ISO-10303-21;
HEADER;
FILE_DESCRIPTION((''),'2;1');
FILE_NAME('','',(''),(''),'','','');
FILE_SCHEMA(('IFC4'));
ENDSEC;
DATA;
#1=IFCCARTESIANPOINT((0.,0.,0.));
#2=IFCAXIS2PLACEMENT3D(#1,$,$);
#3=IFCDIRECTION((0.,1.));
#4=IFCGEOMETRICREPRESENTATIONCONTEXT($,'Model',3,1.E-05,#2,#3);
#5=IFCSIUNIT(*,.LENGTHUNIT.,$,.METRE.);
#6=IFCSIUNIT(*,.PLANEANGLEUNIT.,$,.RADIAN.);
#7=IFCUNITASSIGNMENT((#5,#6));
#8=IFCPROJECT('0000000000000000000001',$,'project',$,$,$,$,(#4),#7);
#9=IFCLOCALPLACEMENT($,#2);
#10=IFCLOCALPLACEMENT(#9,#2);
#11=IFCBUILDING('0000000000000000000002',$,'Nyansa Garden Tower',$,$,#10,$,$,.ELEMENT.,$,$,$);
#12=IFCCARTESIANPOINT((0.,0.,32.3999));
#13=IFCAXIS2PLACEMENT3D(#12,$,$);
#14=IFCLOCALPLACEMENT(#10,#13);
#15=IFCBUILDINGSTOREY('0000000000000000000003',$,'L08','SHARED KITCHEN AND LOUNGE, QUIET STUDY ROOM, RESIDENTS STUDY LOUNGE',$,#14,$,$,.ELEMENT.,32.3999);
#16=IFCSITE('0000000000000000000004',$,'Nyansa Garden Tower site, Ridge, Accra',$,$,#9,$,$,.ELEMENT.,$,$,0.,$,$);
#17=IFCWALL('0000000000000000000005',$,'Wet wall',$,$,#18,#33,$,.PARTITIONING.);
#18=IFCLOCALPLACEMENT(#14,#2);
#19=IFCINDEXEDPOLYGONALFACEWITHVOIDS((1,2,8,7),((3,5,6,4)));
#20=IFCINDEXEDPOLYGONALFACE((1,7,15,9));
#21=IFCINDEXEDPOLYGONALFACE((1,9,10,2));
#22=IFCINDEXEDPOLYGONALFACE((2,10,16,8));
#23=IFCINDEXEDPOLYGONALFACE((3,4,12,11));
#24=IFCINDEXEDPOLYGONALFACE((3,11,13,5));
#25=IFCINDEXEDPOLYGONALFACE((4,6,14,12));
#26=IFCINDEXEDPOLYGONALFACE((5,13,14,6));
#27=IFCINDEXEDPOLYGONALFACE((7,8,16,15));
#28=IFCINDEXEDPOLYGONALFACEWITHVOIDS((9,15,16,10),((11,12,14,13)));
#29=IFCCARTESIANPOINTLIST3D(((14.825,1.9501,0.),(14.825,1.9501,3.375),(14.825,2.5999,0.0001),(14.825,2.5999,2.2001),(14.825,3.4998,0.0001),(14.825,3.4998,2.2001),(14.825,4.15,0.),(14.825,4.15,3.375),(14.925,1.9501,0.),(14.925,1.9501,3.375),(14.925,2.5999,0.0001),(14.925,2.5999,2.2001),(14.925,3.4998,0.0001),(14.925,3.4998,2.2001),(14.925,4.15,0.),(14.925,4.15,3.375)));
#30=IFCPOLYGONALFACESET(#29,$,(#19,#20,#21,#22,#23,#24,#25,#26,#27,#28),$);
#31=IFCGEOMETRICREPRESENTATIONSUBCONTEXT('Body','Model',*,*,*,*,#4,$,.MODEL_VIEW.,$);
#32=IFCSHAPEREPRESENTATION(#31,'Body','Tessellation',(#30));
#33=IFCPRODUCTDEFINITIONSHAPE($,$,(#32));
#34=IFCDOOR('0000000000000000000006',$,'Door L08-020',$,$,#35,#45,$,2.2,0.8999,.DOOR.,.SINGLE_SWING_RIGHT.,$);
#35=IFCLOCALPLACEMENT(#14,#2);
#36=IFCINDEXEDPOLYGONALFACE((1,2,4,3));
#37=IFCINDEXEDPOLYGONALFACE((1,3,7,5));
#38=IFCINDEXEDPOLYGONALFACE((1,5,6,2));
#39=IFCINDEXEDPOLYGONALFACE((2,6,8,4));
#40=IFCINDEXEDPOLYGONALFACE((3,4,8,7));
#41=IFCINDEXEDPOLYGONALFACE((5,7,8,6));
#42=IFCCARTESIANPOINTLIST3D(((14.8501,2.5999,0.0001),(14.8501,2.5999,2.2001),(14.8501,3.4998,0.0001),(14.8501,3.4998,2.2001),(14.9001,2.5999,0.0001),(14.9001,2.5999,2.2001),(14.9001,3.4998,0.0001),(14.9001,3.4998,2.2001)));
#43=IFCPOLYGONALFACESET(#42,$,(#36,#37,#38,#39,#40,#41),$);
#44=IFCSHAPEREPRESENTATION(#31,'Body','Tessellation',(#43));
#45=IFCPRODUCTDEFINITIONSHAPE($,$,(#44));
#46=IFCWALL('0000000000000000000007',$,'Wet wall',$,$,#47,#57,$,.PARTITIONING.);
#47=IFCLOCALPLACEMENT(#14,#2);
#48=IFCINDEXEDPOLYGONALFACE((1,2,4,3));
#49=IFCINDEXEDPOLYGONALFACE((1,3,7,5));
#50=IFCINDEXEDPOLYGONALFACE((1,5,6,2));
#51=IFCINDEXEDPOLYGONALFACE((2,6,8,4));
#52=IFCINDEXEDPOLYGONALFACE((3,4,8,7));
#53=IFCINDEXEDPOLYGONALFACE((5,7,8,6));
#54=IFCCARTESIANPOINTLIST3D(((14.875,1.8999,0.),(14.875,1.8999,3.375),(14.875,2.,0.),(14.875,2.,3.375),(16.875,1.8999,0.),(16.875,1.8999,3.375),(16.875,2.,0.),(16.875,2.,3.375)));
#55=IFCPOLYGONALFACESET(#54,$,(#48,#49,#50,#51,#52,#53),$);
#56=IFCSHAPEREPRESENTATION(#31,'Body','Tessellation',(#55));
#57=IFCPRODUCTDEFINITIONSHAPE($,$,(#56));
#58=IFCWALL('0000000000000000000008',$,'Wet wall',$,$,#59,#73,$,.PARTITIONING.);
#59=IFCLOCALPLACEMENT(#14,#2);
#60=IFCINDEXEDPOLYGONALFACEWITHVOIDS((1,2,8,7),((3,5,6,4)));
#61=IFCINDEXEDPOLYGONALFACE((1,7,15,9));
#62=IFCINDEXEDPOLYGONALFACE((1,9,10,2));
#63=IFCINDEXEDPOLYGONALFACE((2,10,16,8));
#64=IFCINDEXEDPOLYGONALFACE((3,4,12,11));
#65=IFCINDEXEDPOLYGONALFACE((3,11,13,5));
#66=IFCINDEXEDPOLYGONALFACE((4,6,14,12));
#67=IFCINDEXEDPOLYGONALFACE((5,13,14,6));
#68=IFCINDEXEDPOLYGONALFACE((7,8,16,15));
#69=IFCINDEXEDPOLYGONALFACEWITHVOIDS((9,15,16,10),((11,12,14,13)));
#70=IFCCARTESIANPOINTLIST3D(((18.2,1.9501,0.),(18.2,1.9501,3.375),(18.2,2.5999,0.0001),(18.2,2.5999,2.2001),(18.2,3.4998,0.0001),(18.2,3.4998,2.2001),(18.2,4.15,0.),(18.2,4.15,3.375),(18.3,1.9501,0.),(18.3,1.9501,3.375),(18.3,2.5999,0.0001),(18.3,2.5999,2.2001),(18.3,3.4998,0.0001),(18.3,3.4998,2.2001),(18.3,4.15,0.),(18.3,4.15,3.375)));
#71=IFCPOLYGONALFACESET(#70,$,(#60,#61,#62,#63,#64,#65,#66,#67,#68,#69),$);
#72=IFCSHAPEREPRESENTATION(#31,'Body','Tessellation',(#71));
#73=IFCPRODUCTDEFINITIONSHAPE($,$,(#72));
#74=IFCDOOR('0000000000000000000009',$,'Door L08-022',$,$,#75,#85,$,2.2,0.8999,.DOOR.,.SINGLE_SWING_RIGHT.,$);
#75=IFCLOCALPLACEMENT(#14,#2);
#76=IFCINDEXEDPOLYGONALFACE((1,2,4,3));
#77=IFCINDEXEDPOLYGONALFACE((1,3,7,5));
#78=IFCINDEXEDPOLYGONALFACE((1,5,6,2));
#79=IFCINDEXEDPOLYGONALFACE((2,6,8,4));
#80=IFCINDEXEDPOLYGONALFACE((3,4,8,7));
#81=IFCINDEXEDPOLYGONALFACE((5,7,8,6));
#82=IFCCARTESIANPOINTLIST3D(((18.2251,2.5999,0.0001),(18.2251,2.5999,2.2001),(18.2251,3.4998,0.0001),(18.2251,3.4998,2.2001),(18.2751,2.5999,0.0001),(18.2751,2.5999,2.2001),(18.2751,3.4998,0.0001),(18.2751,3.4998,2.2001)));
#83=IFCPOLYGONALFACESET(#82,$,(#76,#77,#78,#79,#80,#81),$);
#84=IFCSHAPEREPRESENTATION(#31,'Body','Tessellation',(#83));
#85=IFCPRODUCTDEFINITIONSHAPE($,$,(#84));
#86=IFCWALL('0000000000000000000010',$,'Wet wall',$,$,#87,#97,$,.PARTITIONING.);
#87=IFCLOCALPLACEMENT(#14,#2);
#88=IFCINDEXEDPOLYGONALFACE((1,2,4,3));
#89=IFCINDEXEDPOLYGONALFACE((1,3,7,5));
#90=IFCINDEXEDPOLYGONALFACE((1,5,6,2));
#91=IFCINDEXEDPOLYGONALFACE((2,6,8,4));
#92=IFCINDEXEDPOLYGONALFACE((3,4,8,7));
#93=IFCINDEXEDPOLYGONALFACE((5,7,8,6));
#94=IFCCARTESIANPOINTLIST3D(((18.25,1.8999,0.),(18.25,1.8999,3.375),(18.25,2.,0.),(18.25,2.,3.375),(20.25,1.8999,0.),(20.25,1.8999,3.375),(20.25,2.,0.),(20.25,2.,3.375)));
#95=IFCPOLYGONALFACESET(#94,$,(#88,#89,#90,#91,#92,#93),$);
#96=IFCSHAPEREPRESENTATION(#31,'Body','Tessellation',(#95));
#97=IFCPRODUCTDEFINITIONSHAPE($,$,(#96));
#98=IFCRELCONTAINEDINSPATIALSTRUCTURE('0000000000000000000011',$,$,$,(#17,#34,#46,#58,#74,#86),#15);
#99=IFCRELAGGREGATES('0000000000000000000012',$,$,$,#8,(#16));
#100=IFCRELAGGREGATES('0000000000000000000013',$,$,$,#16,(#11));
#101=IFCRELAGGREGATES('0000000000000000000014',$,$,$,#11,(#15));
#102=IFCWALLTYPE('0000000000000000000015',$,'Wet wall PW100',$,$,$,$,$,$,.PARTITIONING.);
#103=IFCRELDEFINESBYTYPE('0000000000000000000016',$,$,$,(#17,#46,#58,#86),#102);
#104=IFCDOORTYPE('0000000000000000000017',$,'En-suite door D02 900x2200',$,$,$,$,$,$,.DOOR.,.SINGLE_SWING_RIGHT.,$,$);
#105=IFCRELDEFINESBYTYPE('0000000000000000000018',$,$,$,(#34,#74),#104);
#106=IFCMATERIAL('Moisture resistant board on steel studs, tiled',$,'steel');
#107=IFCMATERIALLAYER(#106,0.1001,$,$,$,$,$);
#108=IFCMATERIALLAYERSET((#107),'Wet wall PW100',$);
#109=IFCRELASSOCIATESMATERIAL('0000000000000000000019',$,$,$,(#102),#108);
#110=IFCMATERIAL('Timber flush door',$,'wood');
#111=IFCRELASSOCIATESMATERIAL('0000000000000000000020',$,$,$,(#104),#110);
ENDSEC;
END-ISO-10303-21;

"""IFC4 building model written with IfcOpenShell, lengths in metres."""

from ifc_helpers import new_model, si_unit, direction, frame, frame_2d, origin, place, context, subcontext, project, spatial, rectangle, extrude, material, layer, layer_set, type_object, element, fill, save


model = new_model("IFC4")

# Units and contexts
model_context = context("Model", 3, precision=1e-05, world=origin(), true_north=direction((0.0, 1.0)))
body_context = subcontext(model_context, "Body", "Model", "MODEL_VIEW")
ifc_project = project(units=[si_unit("LENGTHUNIT", "METRE"), si_unit("PLANEANGLEUNIT", "RADIAN")], contexts=[model_context])

# Site, building, storey
site_placement = place(None, origin())
site = spatial("IfcSite", under=ifc_project, at=site_placement, Name="Nyansa Garden Tower site, Ridge, Accra", CompositionType="ELEMENT", RefElevation=0.0)
building_placement = place(site_placement, origin())
building = spatial("IfcBuilding", under=site, at=building_placement, Name="Nyansa Garden Tower", CompositionType="ELEMENT")
storey_placement = place(building_placement, frame((0.0, 0.0, 32.3999)))
storey = spatial("IfcBuildingStorey", under=building, at=storey_placement, Name="L08", Description="SHARED KITCHEN AND LOUNGE, QUIET STUDY ROOM, RESIDENTS STUDY LOUNGE", CompositionType="ELEMENT", Elevation=32.3999)

# Wall, opening, door
ifc_material_1 = material(Name="Moisture resistant board on steel studs, tiled", Category="steel")
ifc_layer_1 = layer(ifc_material_1, 0.1001)
ifc_layer_set_1 = layer_set([ifc_layer_1], Name="Wet wall PW100")
wall_type_1 = type_object("IfcWallType", Name="Wet wall PW100", PredefinedType="PARTITIONING", material=ifc_layer_set_1)
wall_1_placement = place(storey_placement, frame((14.875, 1.95, 0.0), z_axis=(0.0, 0.0, 1.0), x_axis=(0.0, 1.0, 0.0)))
wall_1 = element("IfcWall", 1, at=wall_1_placement, inside=storey, type_object=wall_type_1, Name="Wet wall", PredefinedType="PARTITIONING", context=body_context, shape_type="SweptSolid", body=[
    extrude(rectangle(XDim=2.2, YDim=0.1001, at=frame_2d((1.1001, 0.0))), origin(), (0.0, 0.0, 1.0), 3.375),
])
opening_1_placement = place(wall_1_placement, frame((0.6499, 0.0, 0.0)))
opening_1 = element("IfcOpeningElement", 2, at=opening_1_placement, cuts=wall_1, PredefinedType="OPENING", context=body_context, shape_type="SweptSolid", body=[
    extrude(rectangle(XDim=0.8999, YDim=2.2, at=frame_2d((0.45, 1.1001))), frame((0.0, 0.0601, 0.0), z_axis=(0.0, -1.0, 0.0), x_axis=(1.0, 0.0, 0.0)), (0.0, 0.0, 1.0), 0.1201),
])
ifc_material_2 = material(Name="Timber flush door", Category="wood")
door_type_1 = type_object("IfcDoorType", Name="En-suite door D02 900x2200", OperationType="SINGLE_SWING_RIGHT", PredefinedType="DOOR", material=ifc_material_2)
door_1_placement = place(opening_1_placement, origin())
door_1 = element("IfcDoor", 3, at=door_1_placement, inside=storey, type_object=door_type_1, Name="Door L08-020", OperationType="SINGLE_SWING_RIGHT", OverallHeight=2.2, OverallWidth=0.8999, PredefinedType="DOOR", context=body_context, shape_type="SweptSolid", body=[
    extrude(rectangle(XDim=0.8999, YDim=2.2, at=frame_2d((0.45, 1.1001))), frame((0.0, 0.0249, 0.0), z_axis=(0.0, -1.0, 0.0), x_axis=(1.0, 0.0, 0.0)), (0.0, 0.0, 1.0), 0.05),
])
fill(opening_1, door_1)

# Wall
wall_2_placement = place(storey_placement, frame((14.875, 1.95, 0.0), z_axis=(0.0, 0.0, 1.0), x_axis=(1.0, 0.0, 0.0)))
element("IfcWall", 4, at=wall_2_placement, inside=storey, type_object=wall_type_1, Name="Wet wall", PredefinedType="PARTITIONING", context=body_context, shape_type="SweptSolid", body=[
    extrude(rectangle(XDim=2.0, YDim=0.1001, at=frame_2d((1.0, 0.0))), origin(), (0.0, 0.0, 1.0), 3.375),
])

# Wall, opening, door
wall_3_placement = place(storey_placement, frame((18.25, 1.95, 0.0), z_axis=(0.0, 0.0, 1.0), x_axis=(0.0, 1.0, 0.0)))
wall_3 = element("IfcWall", 5, at=wall_3_placement, inside=storey, type_object=wall_type_1, Name="Wet wall", PredefinedType="PARTITIONING", context=body_context, shape_type="SweptSolid", body=[
    extrude(rectangle(XDim=2.2, YDim=0.1001, at=frame_2d((1.1001, 0.0))), origin(), (0.0, 0.0, 1.0), 3.375),
])
opening_2_placement = place(wall_3_placement, frame((0.6499, 0.0, 0.0)))
opening_2 = element("IfcOpeningElement", 6, at=opening_2_placement, cuts=wall_3, PredefinedType="OPENING", context=body_context, shape_type="SweptSolid", body=[
    extrude(rectangle(XDim=0.8999, YDim=2.2, at=frame_2d((0.45, 1.1001))), frame((0.0, 0.0601, 0.0), z_axis=(0.0, -1.0, 0.0), x_axis=(1.0, 0.0, 0.0)), (0.0, 0.0, 1.0), 0.1201),
])
door_2_placement = place(opening_2_placement, origin())
door_2 = element("IfcDoor", 7, at=door_2_placement, inside=storey, type_object=door_type_1, Name="Door L08-022", OperationType="SINGLE_SWING_RIGHT", OverallHeight=2.2, OverallWidth=0.8999, PredefinedType="DOOR", context=body_context, shape_type="SweptSolid", body=[
    extrude(rectangle(XDim=0.8999, YDim=2.2, at=frame_2d((0.45, 1.1001))), frame((0.0, 0.0249, 0.0), z_axis=(0.0, -1.0, 0.0), x_axis=(1.0, 0.0, 0.0)), (0.0, 0.0, 1.0), 0.05),
])
fill(opening_2, door_2)

# Wall
wall_4_placement = place(storey_placement, frame((18.25, 1.95, 0.0), z_axis=(0.0, 0.0, 1.0), x_axis=(1.0, 0.0, 0.0)))
element("IfcWall", 8, at=wall_4_placement, inside=storey, type_object=wall_type_1, Name="Wet wall", PredefinedType="PARTITIONING", context=body_context, shape_type="SweptSolid", body=[
    extrude(rectangle(XDim=2.0, YDim=0.1001, at=frame_2d((1.0, 0.0))), origin(), (0.0, 0.0, 1.0), 3.375),
])

save(model, "model.ifc")
